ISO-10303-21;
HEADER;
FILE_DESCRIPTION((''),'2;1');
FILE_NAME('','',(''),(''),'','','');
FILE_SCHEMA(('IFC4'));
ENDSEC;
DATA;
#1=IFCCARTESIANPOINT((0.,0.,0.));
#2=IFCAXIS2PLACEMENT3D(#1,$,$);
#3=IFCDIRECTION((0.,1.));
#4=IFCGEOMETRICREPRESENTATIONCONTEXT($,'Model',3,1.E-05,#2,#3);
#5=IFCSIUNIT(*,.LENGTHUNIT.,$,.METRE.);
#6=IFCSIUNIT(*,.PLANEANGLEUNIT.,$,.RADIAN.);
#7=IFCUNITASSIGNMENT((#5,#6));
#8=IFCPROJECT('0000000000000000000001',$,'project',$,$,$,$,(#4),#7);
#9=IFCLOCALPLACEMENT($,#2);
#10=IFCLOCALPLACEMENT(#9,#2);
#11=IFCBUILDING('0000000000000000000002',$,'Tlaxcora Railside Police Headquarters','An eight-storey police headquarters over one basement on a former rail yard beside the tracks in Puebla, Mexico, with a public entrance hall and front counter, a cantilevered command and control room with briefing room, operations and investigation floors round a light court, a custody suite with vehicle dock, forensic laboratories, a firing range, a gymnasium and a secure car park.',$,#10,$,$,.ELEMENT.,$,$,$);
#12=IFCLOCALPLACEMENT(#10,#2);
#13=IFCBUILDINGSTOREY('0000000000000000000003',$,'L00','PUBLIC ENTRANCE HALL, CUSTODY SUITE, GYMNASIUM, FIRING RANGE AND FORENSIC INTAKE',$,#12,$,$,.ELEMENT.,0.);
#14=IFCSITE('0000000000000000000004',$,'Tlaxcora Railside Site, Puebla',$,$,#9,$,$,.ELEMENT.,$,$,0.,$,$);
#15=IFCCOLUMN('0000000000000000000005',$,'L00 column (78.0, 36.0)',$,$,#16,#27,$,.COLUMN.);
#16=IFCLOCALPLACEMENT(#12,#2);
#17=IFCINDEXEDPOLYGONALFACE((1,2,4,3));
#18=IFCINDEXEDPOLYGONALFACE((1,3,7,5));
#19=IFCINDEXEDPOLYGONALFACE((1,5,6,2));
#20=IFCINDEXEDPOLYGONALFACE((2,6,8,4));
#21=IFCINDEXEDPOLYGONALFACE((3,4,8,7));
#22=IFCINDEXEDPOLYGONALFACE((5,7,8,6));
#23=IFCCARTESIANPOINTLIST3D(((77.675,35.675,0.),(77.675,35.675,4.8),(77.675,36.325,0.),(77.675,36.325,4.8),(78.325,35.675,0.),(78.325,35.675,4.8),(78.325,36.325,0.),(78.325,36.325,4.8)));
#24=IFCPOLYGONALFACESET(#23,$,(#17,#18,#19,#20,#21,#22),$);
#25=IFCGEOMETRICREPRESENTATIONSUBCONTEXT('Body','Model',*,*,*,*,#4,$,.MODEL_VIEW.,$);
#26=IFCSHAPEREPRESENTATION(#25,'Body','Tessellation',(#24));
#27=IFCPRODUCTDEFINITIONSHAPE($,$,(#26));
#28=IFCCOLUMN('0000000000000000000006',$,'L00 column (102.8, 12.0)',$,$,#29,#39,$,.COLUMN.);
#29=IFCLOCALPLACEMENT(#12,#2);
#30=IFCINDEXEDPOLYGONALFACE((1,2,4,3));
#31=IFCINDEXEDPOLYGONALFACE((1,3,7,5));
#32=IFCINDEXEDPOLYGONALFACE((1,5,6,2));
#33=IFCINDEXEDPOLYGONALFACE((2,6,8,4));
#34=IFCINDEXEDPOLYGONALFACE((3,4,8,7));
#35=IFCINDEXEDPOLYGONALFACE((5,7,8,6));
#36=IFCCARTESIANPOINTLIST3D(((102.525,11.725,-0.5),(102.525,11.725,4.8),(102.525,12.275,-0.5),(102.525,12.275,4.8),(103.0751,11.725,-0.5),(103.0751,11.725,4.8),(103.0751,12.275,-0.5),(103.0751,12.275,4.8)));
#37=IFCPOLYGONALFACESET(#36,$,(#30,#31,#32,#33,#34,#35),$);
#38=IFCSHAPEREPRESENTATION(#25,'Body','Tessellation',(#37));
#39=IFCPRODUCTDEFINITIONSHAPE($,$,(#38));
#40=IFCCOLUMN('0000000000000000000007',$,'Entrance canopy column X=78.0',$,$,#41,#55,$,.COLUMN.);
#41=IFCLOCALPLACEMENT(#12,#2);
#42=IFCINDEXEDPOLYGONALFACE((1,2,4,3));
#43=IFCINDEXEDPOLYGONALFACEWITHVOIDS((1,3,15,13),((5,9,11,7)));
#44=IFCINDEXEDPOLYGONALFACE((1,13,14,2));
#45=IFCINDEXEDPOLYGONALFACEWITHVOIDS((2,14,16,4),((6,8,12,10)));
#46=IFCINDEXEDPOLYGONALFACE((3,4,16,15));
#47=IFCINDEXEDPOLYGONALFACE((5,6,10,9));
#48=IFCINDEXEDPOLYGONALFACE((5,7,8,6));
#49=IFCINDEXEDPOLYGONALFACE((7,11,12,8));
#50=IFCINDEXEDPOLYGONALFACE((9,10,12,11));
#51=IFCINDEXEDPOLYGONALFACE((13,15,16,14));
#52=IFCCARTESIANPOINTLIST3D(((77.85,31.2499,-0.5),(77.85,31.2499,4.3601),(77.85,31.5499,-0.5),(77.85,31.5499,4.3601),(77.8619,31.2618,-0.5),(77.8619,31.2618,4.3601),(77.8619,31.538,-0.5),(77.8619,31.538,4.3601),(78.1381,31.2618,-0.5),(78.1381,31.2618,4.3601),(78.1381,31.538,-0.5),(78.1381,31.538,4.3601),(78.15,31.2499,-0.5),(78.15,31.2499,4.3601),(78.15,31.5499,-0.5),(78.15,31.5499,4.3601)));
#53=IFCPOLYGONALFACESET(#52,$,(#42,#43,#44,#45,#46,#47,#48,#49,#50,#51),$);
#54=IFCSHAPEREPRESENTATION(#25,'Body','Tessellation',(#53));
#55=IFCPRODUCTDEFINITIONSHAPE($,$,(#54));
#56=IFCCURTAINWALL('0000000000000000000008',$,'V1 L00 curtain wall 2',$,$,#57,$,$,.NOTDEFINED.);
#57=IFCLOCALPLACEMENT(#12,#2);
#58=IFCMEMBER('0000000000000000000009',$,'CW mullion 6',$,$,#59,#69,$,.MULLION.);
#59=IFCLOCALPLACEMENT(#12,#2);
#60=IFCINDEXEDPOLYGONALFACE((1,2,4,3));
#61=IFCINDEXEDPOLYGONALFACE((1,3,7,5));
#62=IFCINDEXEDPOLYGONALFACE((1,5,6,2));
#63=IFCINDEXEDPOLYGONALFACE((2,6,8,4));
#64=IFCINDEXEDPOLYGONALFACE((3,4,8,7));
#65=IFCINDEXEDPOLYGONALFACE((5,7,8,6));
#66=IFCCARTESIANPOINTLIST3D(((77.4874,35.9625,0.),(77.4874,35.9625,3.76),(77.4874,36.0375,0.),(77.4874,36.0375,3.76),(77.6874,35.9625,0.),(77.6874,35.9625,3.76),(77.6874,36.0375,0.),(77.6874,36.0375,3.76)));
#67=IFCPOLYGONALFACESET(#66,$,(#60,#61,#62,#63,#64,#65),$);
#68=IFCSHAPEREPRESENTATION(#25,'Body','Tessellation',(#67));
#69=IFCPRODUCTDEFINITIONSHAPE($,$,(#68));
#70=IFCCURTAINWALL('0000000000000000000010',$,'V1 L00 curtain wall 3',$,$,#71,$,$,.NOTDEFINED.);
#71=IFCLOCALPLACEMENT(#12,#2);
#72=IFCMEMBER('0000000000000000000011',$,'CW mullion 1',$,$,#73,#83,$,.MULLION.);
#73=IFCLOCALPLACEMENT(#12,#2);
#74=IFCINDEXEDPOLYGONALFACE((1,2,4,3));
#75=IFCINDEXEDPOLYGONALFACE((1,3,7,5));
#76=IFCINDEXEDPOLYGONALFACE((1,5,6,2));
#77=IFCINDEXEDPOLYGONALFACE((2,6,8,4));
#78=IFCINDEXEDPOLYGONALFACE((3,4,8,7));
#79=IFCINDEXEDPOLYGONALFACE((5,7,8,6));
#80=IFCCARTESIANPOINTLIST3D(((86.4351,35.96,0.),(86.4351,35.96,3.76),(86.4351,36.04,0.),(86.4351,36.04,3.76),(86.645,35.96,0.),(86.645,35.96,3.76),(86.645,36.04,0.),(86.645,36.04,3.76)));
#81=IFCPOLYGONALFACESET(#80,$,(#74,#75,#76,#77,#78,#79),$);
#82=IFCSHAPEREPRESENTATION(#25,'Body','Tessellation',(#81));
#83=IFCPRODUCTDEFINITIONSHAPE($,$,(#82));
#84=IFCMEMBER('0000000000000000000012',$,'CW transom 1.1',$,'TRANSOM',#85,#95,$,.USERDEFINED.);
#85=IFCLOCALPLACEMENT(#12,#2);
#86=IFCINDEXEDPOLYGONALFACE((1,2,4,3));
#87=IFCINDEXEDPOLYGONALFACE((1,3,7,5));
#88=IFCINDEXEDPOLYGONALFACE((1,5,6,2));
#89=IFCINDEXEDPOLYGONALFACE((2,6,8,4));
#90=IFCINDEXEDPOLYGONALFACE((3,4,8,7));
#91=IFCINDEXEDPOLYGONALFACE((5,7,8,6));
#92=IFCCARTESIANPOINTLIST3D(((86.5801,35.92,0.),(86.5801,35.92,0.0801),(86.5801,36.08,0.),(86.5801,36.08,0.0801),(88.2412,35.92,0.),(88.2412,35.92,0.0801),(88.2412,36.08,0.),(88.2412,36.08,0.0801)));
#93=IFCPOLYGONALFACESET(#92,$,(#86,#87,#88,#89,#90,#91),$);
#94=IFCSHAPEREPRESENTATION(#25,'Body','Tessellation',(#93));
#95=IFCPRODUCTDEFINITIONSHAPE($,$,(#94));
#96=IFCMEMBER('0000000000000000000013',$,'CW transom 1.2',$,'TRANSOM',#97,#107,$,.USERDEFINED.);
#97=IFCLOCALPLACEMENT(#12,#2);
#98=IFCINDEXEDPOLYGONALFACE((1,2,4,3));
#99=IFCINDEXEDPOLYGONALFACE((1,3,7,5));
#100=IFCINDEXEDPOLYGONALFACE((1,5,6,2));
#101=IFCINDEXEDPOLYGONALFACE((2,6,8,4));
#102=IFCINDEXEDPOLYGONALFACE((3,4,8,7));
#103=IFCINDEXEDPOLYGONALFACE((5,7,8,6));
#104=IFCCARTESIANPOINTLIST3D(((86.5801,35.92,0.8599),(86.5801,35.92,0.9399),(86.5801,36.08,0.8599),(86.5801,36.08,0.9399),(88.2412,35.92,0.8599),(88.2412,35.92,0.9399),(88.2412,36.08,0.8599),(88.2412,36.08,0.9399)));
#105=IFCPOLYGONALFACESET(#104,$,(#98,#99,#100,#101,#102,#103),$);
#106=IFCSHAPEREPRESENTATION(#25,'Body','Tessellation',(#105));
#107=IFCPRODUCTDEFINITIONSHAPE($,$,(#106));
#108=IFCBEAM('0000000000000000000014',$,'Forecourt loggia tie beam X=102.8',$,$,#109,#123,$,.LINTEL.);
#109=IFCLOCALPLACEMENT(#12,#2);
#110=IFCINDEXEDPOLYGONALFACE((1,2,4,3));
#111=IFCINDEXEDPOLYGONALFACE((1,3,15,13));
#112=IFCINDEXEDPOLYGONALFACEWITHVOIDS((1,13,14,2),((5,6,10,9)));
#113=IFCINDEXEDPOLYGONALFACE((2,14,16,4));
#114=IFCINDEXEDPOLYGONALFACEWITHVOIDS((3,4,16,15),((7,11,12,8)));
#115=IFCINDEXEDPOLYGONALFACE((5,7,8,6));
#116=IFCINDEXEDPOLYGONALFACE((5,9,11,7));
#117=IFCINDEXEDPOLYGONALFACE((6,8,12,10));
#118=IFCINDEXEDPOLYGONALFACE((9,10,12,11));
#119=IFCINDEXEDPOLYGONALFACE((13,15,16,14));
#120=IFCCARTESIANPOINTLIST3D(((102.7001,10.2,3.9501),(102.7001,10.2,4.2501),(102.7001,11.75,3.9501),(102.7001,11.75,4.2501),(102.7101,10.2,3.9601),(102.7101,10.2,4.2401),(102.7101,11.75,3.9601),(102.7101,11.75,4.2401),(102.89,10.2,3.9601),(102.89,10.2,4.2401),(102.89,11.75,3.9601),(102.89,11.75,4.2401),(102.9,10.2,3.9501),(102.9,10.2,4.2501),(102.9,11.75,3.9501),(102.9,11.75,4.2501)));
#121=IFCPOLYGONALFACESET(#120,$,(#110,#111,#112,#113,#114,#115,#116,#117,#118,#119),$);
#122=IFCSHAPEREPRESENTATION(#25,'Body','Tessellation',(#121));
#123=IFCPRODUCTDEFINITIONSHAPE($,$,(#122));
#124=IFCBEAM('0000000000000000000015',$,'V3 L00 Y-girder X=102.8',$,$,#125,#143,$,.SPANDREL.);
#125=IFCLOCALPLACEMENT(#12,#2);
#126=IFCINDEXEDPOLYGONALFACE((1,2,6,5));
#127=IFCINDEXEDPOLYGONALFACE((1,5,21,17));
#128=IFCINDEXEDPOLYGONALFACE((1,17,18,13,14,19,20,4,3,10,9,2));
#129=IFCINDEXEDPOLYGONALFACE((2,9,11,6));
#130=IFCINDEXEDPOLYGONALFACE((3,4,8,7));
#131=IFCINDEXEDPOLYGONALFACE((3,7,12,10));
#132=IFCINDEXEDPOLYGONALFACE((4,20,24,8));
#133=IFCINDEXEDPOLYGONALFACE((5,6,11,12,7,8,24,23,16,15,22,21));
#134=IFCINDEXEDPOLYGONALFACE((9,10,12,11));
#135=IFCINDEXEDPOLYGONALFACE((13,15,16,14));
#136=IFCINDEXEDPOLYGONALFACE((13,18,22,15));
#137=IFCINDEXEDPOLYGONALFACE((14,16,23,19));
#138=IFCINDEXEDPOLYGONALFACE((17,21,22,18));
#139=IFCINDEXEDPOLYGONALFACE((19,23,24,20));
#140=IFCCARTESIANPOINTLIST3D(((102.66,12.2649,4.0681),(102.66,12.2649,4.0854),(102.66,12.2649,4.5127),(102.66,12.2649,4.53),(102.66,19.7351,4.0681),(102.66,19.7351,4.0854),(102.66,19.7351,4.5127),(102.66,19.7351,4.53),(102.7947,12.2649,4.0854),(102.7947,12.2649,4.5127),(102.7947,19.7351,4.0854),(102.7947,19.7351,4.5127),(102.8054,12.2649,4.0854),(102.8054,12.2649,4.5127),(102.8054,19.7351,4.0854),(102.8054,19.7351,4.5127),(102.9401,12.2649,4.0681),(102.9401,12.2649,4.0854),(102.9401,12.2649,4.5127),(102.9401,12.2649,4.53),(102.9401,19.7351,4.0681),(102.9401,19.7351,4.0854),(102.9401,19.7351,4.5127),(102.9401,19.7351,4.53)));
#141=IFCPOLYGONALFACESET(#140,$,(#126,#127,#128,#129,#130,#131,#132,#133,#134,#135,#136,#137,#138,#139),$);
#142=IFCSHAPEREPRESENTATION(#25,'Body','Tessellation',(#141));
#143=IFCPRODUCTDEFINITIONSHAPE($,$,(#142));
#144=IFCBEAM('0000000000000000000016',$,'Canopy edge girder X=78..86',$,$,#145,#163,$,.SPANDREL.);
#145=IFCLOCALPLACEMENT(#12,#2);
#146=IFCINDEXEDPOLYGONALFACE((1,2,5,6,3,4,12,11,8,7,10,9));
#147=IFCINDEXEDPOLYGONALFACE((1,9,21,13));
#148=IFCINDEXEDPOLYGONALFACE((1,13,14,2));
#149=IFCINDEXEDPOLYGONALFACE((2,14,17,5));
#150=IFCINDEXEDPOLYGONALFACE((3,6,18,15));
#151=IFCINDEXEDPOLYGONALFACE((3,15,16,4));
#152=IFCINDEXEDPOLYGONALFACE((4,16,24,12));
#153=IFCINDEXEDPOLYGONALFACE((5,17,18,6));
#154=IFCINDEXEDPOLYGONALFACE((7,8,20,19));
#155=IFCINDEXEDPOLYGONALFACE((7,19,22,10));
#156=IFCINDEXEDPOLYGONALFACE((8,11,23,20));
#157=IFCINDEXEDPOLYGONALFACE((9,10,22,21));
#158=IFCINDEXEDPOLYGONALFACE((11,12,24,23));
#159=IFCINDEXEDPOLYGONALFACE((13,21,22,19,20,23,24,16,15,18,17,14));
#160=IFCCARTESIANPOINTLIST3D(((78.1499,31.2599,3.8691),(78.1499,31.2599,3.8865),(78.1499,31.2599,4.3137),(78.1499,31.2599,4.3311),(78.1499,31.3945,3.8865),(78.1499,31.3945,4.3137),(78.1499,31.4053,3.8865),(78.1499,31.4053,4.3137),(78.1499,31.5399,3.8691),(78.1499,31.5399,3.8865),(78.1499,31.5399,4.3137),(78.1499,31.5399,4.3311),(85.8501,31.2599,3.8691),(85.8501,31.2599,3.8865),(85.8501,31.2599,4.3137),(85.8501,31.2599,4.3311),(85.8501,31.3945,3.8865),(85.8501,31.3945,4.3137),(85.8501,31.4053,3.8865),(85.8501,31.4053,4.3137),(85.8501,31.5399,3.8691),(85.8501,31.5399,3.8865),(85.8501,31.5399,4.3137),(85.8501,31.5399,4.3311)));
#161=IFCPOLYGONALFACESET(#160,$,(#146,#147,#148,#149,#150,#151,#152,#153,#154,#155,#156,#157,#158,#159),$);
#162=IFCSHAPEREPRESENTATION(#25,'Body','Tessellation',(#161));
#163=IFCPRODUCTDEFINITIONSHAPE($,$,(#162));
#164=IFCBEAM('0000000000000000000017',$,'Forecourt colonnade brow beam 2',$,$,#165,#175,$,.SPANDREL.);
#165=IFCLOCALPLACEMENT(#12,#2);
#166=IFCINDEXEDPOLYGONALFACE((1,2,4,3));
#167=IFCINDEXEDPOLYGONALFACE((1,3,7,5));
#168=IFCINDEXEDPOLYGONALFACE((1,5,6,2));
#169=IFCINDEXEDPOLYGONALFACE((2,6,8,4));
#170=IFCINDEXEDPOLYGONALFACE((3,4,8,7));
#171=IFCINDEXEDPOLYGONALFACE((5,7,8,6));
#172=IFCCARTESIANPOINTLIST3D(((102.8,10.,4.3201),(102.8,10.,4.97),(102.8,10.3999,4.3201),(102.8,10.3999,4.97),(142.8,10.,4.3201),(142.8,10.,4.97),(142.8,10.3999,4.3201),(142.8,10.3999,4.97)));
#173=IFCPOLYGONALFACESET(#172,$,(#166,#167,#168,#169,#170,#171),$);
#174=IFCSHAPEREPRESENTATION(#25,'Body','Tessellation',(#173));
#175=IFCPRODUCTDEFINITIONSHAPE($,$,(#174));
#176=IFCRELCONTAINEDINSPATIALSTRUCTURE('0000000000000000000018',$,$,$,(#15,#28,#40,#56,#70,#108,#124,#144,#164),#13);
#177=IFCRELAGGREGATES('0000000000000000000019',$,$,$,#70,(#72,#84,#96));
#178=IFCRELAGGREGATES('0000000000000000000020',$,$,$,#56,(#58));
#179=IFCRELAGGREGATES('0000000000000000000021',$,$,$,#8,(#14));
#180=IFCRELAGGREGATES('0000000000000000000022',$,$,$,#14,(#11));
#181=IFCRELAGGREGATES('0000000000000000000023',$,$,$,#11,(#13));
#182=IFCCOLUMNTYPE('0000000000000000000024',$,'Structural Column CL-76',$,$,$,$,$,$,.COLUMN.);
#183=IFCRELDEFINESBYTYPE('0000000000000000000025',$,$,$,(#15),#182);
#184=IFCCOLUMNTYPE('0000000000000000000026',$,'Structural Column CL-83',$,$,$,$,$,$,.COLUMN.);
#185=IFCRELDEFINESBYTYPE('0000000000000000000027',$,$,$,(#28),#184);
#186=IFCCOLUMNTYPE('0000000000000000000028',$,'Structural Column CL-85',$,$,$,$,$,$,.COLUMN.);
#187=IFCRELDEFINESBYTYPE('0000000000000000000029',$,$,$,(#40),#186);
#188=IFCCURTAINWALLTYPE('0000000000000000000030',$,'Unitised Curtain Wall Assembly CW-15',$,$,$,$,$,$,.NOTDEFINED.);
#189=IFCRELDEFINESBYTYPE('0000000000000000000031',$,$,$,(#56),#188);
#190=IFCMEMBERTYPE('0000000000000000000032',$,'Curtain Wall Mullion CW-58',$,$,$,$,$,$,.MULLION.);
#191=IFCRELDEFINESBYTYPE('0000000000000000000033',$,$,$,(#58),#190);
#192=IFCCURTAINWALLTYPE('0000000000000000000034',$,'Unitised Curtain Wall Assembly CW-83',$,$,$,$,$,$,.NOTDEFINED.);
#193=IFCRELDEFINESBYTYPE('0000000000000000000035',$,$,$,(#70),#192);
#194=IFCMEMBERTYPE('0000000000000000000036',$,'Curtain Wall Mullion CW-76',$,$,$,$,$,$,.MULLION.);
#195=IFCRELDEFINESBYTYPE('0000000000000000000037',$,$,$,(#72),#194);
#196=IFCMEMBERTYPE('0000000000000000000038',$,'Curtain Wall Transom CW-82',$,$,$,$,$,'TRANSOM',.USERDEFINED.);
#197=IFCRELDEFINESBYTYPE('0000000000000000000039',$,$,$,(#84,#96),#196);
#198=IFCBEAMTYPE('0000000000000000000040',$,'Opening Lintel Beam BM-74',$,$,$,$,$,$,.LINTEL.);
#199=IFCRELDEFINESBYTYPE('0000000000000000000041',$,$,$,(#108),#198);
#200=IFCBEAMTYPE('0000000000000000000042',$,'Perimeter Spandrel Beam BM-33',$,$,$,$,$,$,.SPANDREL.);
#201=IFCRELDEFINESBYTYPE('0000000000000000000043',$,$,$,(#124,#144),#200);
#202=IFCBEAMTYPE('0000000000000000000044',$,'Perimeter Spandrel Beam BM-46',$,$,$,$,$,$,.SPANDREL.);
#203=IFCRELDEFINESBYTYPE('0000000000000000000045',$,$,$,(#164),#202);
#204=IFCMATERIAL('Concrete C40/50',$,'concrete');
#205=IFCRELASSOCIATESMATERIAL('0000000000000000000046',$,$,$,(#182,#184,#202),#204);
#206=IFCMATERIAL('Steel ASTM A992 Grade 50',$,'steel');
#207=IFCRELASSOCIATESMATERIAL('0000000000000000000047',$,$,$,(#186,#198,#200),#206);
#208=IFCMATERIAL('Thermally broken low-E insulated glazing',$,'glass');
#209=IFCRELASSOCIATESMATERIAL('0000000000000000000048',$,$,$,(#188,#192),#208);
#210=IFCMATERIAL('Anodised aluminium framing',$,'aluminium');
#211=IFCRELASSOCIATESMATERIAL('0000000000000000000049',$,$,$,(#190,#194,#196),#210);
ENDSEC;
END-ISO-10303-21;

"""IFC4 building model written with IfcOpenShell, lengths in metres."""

from ifc_helpers import new_model, si_unit, direction, frame, origin, origin_2d, place, context, subcontext, project, spatial, rectangle, hollow_rectangle, i_section, extrude, material, material_profile, profile_set, type_object, element, aggregate, save


model = new_model("IFC4")

# Units and contexts
model_context = context("Model", 3, precision=1e-05, world=origin(), true_north=direction((0.0, 1.0)))
body_context = subcontext(model_context, "Body", "Model", "MODEL_VIEW")
ifc_project = project(units=[si_unit("LENGTHUNIT", "METRE"), si_unit("PLANEANGLEUNIT", "RADIAN")], contexts=[model_context])

# Site, building, storey
site_placement = place(None, origin())
site = spatial("IfcSite", under=ifc_project, at=site_placement, Name="Tlaxcora Railside Site, Puebla", CompositionType="ELEMENT", RefElevation=0.0)
building_placement = place(site_placement, origin())
building = spatial("IfcBuilding", under=site, at=building_placement, Name="Tlaxcora Railside Police Headquarters", Description="An eight-storey police headquarters over one basement on a former rail yard beside the tracks in Puebla, Mexico, with a public entrance hall and front counter, a cantilevered command and control room with briefing room, operations and investigation floors round a light court, a custody suite with vehicle dock, forensic laboratories, a firing range, a gymnasium and a secure car park.", CompositionType="ELEMENT")
storey_placement = place(building_placement, origin())
storey = spatial("IfcBuildingStorey", under=building, at=storey_placement, Name="L00", Description="PUBLIC ENTRANCE HALL, CUSTODY SUITE, GYMNASIUM, FIRING RANGE AND FORENSIC INTAKE", CompositionType="ELEMENT", Elevation=0.0)

# Shared definitions
ifc_material_1 = material(Name="Concrete C40/50", Category="concrete")

# Columns
ifc_material_2 = material(Name="Steel ASTM A992 Grade 50", Category="steel")
ifc_material_profile_1 = material_profile(ifc_material_1, rectangle(XDim=0.6499, YDim=0.6499, at=origin_2d()), Name="RC650X650")
ifc_profile_set_1 = profile_set([ifc_material_profile_1], Name="Concrete C40/50")
column_type_1 = type_object("IfcColumnType", Name="Structural Column CL-76", PredefinedType="COLUMN", material=ifc_profile_set_1)
column_1_placement = place(storey_placement, frame((78.0, 36.0, 0.0), z_axis=(0.0, 0.0, 1.0), x_axis=(1.0, 0.0, 0.0)))
element("IfcColumn", 1, at=column_1_placement, inside=storey, type_object=column_type_1, Name="L00 column (78.0, 36.0)", PredefinedType="COLUMN", context=body_context, shape_type="SweptSolid", body=[
    extrude(rectangle(XDim=0.6499, YDim=0.6499, at=origin_2d()), origin(), (0.0, 0.0, 1.0), 4.8),
])
ifc_material_profile_2 = material_profile(ifc_material_1, rectangle(XDim=0.55, YDim=0.55, at=origin_2d()), Name="RC550X550")
ifc_profile_set_2 = profile_set([ifc_material_profile_2], Name="Concrete C40/50")
column_type_2 = type_object("IfcColumnType", Name="Structural Column CL-83", PredefinedType="COLUMN", material=ifc_profile_set_2)
column_2_placement = place(storey_placement, frame((102.8, 12.0, -0.5), z_axis=(0.0, 0.0, 1.0), x_axis=(1.0, 0.0, 0.0)))
element("IfcColumn", 2, at=column_2_placement, inside=storey, type_object=column_type_2, Name="L00 column (102.8, 12.0)", PredefinedType="COLUMN", context=body_context, shape_type="SweptSolid", body=[
    extrude(rectangle(XDim=0.55, YDim=0.55, at=origin_2d()), origin(), (0.0, 0.0, 1.0), 5.3),
])
ifc_material_profile_3 = material_profile(ifc_material_2, hollow_rectangle(XDim=0.3, YDim=0.3, WallThickness=0.012, at=origin_2d()), Name="HSS300X300X12")
ifc_profile_set_3 = profile_set([ifc_material_profile_3], Name="Steel ASTM A992 Grade 50")
column_type_3 = type_object("IfcColumnType", Name="Structural Column CL-85", PredefinedType="COLUMN", material=ifc_profile_set_3)
column_3_placement = place(storey_placement, frame((78.0, 31.3999, -0.5), z_axis=(0.0, 0.0, 1.0), x_axis=(1.0, 0.0, 0.0)))
element("IfcColumn", 3, at=column_3_placement, inside=storey, type_object=column_type_3, Name="Entrance canopy column X=78.0", PredefinedType="COLUMN", context=body_context, shape_type="SweptSolid", body=[
    extrude(hollow_rectangle(XDim=0.3, YDim=0.3, WallThickness=0.012, at=origin_2d()), origin(), (0.0, 0.0, 1.0), 4.8601),
])

# Curtain wall, member
ifc_material_3 = material(Name="Thermally broken low-E insulated glazing", Category="glass")
curtain_wall_type_1 = type_object("IfcCurtainWallType", Name="Unitised Curtain Wall Assembly CW-15", PredefinedType="NOTDEFINED", material=ifc_material_3)
curtain_wall_1_placement = place(storey_placement, origin())
curtain_wall_1 = element("IfcCurtainWall", 4, at=curtain_wall_1_placement, inside=storey, type_object=curtain_wall_type_1, Name="V1 L00 curtain wall 2", PredefinedType="NOTDEFINED")
ifc_material_4 = material(Name="Anodised aluminium framing", Category="aluminium")
ifc_material_profile_4 = material_profile(ifc_material_4, rectangle(XDim=0.075, YDim=0.2, at=origin_2d()), Name="AL75X200")
ifc_profile_set_4 = profile_set([ifc_material_profile_4], Name="Anodised aluminium framing")
member_type_1 = type_object("IfcMemberType", Name="Curtain Wall Mullion CW-58", PredefinedType="MULLION", material=ifc_profile_set_4)
member_1_placement = place(storey_placement, frame((77.5874, 36.0, 0.0), z_axis=(0.0, 0.0, 1.0), x_axis=(0.0, 1.0, 0.0)))
member_1 = element("IfcMember", 5, at=member_1_placement, type_object=member_type_1, Name="CW mullion 6", PredefinedType="MULLION", context=body_context, shape_type="SweptSolid", body=[
    extrude(rectangle(XDim=0.075, YDim=0.2, at=origin_2d()), origin(), (0.0, 0.0, 1.0), 3.76),
])

# Curtain wall, members
curtain_wall_type_2 = type_object("IfcCurtainWallType", Name="Unitised Curtain Wall Assembly CW-83", PredefinedType="NOTDEFINED", material=ifc_material_3)
curtain_wall_2_placement = place(storey_placement, origin())
curtain_wall_2 = element("IfcCurtainWall", 6, at=curtain_wall_2_placement, inside=storey, type_object=curtain_wall_type_2, Name="V1 L00 curtain wall 3", PredefinedType="NOTDEFINED")
ifc_material_profile_5 = material_profile(ifc_material_4, rectangle(XDim=0.0801, YDim=0.21, at=origin_2d()), Name="AL80X210")
ifc_profile_set_5 = profile_set([ifc_material_profile_5], Name="Anodised aluminium framing")
member_type_2 = type_object("IfcMemberType", Name="Curtain Wall Mullion CW-76", PredefinedType="MULLION", material=ifc_profile_set_5)
member_2_placement = place(storey_placement, frame((86.54, 36.0, 0.0), z_axis=(0.0, 0.0, 1.0), x_axis=(0.0, 1.0, 0.0)))
member_2 = element("IfcMember", 7, at=member_2_placement, type_object=member_type_2, Name="CW mullion 1", PredefinedType="MULLION", context=body_context, shape_type="SweptSolid", body=[
    extrude(rectangle(XDim=0.0801, YDim=0.21, at=origin_2d()), origin(), (0.0, 0.0, 1.0), 3.76),
])
ifc_material_profile_6 = material_profile(ifc_material_4, rectangle(XDim=0.1599, YDim=0.0801, at=origin_2d()), Name="AL80X160")
ifc_profile_set_6 = profile_set([ifc_material_profile_6], Name="Anodised aluminium framing")
member_type_3 = type_object("IfcMemberType", Name="Curtain Wall Transom CW-82", ElementType="TRANSOM", PredefinedType="USERDEFINED", material=ifc_profile_set_6)
member_3_placement = place(storey_placement, frame((86.5801, 36.0, 0.04), z_axis=(1.0, 0.0, 0.0), x_axis=(0.0, 1.0, 0.0)))
member_3 = element("IfcMember", 8, at=member_3_placement, type_object=member_type_3, Name="CW transom 1.1", ObjectType="TRANSOM", PredefinedType="USERDEFINED", context=body_context, shape_type="SweptSolid", body=[
    extrude(rectangle(XDim=0.1599, YDim=0.0801, at=origin_2d()), origin(), (0.0, 0.0, 1.0), 1.6611),
])
member_4_placement = place(storey_placement, frame((86.5801, 36.0, 0.8999), z_axis=(1.0, 0.0, 0.0), x_axis=(0.0, 1.0, 0.0)))
member_4 = element("IfcMember", 9, at=member_4_placement, type_object=member_type_3, Name="CW transom 1.2", ObjectType="TRANSOM", PredefinedType="USERDEFINED", context=body_context, shape_type="SweptSolid", body=[
    extrude(rectangle(XDim=0.1599, YDim=0.0801, at=origin_2d()), origin(), (0.0, 0.0, 1.0), 1.6611),
])
aggregate(curtain_wall_2, [member_2, member_3, member_4])

# Beams
ifc_material_profile_7 = material_profile(ifc_material_2, hollow_rectangle(XDim=0.2, YDim=0.3, WallThickness=0.01, at=origin_2d()), Name="HSS300X200X10")
ifc_profile_set_7 = profile_set([ifc_material_profile_7], Name="Steel ASTM A992 Grade 50")
beam_type_1 = type_object("IfcBeamType", Name="Opening Lintel Beam BM-74", PredefinedType="LINTEL", material=ifc_profile_set_7)
beam_1_placement = place(storey_placement, frame((102.8, 10.2, 4.1001), z_axis=(0.0, 1.0, 0.0), x_axis=(-1.0, 0.0, 0.0)))
element("IfcBeam", 10, at=beam_1_placement, inside=storey, type_object=beam_type_1, Name="Forecourt loggia tie beam X=102.8", PredefinedType="LINTEL", context=body_context, shape_type="SweptSolid", body=[
    extrude(hollow_rectangle(XDim=0.2, YDim=0.3, WallThickness=0.01, at=origin_2d()), origin(), (0.0, 0.0, 1.0), 1.55),
])
ifc_material_profile_8 = material_profile(ifc_material_2, i_section(OverallWidth=0.28, OverallDepth=0.4619, WebThickness=0.0107, FlangeThickness=0.0173, at=origin_2d()), Name="W18X76")
ifc_profile_set_8 = profile_set([ifc_material_profile_8], Name="Steel ASTM A992 Grade 50")
beam_type_2 = type_object("IfcBeamType", Name="Perimeter Spandrel Beam BM-33", PredefinedType="SPANDREL", material=ifc_profile_set_8)
beam_2_placement = place(storey_placement, frame((102.8, 12.2649, 4.2991), z_axis=(0.0, 1.0, 0.0), x_axis=(-1.0, 0.0, 0.0)))
element("IfcBeam", 11, at=beam_2_placement, inside=storey, type_object=beam_type_2, Name="V3 L00 Y-girder X=102.8", PredefinedType="SPANDREL", context=body_context, shape_type="SweptSolid", body=[
    extrude(i_section(OverallWidth=0.28, OverallDepth=0.4619, WebThickness=0.0107, FlangeThickness=0.0173, at=origin_2d()), origin(), (0.0, 0.0, 1.0), 7.4702),
])
beam_3_placement = place(storey_placement, frame((78.1499, 31.3999, 4.1001), z_axis=(1.0, 0.0, 0.0), x_axis=(0.0, 1.0, 0.0)))
element("IfcBeam", 12, at=beam_3_placement, inside=storey, type_object=beam_type_2, Name="Canopy edge girder X=78..86", PredefinedType="SPANDREL", context=body_context, shape_type="SweptSolid", body=[
    extrude(i_section(OverallWidth=0.28, OverallDepth=0.4619, WebThickness=0.0107, FlangeThickness=0.0173, at=origin_2d()), origin(), (0.0, 0.0, 1.0), 7.7002),
])
ifc_material_profile_9 = material_profile(ifc_material_1, rectangle(XDim=0.3999, YDim=0.6499, at=origin_2d()), Name="RC400X650")
ifc_profile_set_9 = profile_set([ifc_material_profile_9], Name="Concrete C40/50")
beam_type_3 = type_object("IfcBeamType", Name="Perimeter Spandrel Beam BM-46", PredefinedType="SPANDREL", material=ifc_profile_set_9)
beam_4_placement = place(storey_placement, frame((102.8, 10.2, 4.645), z_axis=(1.0, 0.0, 0.0), x_axis=(0.0, 1.0, 0.0)))
element("IfcBeam", 13, at=beam_4_placement, inside=storey, type_object=beam_type_3, Name="Forecourt colonnade brow beam 2", PredefinedType="SPANDREL", context=body_context, shape_type="SweptSolid", body=[
    extrude(rectangle(XDim=0.3999, YDim=0.6499, at=origin_2d()), origin(), (0.0, 0.0, 1.0), 40.0),
])

aggregate(curtain_wall_1, [member_1])

save(model, "model.ifc")
